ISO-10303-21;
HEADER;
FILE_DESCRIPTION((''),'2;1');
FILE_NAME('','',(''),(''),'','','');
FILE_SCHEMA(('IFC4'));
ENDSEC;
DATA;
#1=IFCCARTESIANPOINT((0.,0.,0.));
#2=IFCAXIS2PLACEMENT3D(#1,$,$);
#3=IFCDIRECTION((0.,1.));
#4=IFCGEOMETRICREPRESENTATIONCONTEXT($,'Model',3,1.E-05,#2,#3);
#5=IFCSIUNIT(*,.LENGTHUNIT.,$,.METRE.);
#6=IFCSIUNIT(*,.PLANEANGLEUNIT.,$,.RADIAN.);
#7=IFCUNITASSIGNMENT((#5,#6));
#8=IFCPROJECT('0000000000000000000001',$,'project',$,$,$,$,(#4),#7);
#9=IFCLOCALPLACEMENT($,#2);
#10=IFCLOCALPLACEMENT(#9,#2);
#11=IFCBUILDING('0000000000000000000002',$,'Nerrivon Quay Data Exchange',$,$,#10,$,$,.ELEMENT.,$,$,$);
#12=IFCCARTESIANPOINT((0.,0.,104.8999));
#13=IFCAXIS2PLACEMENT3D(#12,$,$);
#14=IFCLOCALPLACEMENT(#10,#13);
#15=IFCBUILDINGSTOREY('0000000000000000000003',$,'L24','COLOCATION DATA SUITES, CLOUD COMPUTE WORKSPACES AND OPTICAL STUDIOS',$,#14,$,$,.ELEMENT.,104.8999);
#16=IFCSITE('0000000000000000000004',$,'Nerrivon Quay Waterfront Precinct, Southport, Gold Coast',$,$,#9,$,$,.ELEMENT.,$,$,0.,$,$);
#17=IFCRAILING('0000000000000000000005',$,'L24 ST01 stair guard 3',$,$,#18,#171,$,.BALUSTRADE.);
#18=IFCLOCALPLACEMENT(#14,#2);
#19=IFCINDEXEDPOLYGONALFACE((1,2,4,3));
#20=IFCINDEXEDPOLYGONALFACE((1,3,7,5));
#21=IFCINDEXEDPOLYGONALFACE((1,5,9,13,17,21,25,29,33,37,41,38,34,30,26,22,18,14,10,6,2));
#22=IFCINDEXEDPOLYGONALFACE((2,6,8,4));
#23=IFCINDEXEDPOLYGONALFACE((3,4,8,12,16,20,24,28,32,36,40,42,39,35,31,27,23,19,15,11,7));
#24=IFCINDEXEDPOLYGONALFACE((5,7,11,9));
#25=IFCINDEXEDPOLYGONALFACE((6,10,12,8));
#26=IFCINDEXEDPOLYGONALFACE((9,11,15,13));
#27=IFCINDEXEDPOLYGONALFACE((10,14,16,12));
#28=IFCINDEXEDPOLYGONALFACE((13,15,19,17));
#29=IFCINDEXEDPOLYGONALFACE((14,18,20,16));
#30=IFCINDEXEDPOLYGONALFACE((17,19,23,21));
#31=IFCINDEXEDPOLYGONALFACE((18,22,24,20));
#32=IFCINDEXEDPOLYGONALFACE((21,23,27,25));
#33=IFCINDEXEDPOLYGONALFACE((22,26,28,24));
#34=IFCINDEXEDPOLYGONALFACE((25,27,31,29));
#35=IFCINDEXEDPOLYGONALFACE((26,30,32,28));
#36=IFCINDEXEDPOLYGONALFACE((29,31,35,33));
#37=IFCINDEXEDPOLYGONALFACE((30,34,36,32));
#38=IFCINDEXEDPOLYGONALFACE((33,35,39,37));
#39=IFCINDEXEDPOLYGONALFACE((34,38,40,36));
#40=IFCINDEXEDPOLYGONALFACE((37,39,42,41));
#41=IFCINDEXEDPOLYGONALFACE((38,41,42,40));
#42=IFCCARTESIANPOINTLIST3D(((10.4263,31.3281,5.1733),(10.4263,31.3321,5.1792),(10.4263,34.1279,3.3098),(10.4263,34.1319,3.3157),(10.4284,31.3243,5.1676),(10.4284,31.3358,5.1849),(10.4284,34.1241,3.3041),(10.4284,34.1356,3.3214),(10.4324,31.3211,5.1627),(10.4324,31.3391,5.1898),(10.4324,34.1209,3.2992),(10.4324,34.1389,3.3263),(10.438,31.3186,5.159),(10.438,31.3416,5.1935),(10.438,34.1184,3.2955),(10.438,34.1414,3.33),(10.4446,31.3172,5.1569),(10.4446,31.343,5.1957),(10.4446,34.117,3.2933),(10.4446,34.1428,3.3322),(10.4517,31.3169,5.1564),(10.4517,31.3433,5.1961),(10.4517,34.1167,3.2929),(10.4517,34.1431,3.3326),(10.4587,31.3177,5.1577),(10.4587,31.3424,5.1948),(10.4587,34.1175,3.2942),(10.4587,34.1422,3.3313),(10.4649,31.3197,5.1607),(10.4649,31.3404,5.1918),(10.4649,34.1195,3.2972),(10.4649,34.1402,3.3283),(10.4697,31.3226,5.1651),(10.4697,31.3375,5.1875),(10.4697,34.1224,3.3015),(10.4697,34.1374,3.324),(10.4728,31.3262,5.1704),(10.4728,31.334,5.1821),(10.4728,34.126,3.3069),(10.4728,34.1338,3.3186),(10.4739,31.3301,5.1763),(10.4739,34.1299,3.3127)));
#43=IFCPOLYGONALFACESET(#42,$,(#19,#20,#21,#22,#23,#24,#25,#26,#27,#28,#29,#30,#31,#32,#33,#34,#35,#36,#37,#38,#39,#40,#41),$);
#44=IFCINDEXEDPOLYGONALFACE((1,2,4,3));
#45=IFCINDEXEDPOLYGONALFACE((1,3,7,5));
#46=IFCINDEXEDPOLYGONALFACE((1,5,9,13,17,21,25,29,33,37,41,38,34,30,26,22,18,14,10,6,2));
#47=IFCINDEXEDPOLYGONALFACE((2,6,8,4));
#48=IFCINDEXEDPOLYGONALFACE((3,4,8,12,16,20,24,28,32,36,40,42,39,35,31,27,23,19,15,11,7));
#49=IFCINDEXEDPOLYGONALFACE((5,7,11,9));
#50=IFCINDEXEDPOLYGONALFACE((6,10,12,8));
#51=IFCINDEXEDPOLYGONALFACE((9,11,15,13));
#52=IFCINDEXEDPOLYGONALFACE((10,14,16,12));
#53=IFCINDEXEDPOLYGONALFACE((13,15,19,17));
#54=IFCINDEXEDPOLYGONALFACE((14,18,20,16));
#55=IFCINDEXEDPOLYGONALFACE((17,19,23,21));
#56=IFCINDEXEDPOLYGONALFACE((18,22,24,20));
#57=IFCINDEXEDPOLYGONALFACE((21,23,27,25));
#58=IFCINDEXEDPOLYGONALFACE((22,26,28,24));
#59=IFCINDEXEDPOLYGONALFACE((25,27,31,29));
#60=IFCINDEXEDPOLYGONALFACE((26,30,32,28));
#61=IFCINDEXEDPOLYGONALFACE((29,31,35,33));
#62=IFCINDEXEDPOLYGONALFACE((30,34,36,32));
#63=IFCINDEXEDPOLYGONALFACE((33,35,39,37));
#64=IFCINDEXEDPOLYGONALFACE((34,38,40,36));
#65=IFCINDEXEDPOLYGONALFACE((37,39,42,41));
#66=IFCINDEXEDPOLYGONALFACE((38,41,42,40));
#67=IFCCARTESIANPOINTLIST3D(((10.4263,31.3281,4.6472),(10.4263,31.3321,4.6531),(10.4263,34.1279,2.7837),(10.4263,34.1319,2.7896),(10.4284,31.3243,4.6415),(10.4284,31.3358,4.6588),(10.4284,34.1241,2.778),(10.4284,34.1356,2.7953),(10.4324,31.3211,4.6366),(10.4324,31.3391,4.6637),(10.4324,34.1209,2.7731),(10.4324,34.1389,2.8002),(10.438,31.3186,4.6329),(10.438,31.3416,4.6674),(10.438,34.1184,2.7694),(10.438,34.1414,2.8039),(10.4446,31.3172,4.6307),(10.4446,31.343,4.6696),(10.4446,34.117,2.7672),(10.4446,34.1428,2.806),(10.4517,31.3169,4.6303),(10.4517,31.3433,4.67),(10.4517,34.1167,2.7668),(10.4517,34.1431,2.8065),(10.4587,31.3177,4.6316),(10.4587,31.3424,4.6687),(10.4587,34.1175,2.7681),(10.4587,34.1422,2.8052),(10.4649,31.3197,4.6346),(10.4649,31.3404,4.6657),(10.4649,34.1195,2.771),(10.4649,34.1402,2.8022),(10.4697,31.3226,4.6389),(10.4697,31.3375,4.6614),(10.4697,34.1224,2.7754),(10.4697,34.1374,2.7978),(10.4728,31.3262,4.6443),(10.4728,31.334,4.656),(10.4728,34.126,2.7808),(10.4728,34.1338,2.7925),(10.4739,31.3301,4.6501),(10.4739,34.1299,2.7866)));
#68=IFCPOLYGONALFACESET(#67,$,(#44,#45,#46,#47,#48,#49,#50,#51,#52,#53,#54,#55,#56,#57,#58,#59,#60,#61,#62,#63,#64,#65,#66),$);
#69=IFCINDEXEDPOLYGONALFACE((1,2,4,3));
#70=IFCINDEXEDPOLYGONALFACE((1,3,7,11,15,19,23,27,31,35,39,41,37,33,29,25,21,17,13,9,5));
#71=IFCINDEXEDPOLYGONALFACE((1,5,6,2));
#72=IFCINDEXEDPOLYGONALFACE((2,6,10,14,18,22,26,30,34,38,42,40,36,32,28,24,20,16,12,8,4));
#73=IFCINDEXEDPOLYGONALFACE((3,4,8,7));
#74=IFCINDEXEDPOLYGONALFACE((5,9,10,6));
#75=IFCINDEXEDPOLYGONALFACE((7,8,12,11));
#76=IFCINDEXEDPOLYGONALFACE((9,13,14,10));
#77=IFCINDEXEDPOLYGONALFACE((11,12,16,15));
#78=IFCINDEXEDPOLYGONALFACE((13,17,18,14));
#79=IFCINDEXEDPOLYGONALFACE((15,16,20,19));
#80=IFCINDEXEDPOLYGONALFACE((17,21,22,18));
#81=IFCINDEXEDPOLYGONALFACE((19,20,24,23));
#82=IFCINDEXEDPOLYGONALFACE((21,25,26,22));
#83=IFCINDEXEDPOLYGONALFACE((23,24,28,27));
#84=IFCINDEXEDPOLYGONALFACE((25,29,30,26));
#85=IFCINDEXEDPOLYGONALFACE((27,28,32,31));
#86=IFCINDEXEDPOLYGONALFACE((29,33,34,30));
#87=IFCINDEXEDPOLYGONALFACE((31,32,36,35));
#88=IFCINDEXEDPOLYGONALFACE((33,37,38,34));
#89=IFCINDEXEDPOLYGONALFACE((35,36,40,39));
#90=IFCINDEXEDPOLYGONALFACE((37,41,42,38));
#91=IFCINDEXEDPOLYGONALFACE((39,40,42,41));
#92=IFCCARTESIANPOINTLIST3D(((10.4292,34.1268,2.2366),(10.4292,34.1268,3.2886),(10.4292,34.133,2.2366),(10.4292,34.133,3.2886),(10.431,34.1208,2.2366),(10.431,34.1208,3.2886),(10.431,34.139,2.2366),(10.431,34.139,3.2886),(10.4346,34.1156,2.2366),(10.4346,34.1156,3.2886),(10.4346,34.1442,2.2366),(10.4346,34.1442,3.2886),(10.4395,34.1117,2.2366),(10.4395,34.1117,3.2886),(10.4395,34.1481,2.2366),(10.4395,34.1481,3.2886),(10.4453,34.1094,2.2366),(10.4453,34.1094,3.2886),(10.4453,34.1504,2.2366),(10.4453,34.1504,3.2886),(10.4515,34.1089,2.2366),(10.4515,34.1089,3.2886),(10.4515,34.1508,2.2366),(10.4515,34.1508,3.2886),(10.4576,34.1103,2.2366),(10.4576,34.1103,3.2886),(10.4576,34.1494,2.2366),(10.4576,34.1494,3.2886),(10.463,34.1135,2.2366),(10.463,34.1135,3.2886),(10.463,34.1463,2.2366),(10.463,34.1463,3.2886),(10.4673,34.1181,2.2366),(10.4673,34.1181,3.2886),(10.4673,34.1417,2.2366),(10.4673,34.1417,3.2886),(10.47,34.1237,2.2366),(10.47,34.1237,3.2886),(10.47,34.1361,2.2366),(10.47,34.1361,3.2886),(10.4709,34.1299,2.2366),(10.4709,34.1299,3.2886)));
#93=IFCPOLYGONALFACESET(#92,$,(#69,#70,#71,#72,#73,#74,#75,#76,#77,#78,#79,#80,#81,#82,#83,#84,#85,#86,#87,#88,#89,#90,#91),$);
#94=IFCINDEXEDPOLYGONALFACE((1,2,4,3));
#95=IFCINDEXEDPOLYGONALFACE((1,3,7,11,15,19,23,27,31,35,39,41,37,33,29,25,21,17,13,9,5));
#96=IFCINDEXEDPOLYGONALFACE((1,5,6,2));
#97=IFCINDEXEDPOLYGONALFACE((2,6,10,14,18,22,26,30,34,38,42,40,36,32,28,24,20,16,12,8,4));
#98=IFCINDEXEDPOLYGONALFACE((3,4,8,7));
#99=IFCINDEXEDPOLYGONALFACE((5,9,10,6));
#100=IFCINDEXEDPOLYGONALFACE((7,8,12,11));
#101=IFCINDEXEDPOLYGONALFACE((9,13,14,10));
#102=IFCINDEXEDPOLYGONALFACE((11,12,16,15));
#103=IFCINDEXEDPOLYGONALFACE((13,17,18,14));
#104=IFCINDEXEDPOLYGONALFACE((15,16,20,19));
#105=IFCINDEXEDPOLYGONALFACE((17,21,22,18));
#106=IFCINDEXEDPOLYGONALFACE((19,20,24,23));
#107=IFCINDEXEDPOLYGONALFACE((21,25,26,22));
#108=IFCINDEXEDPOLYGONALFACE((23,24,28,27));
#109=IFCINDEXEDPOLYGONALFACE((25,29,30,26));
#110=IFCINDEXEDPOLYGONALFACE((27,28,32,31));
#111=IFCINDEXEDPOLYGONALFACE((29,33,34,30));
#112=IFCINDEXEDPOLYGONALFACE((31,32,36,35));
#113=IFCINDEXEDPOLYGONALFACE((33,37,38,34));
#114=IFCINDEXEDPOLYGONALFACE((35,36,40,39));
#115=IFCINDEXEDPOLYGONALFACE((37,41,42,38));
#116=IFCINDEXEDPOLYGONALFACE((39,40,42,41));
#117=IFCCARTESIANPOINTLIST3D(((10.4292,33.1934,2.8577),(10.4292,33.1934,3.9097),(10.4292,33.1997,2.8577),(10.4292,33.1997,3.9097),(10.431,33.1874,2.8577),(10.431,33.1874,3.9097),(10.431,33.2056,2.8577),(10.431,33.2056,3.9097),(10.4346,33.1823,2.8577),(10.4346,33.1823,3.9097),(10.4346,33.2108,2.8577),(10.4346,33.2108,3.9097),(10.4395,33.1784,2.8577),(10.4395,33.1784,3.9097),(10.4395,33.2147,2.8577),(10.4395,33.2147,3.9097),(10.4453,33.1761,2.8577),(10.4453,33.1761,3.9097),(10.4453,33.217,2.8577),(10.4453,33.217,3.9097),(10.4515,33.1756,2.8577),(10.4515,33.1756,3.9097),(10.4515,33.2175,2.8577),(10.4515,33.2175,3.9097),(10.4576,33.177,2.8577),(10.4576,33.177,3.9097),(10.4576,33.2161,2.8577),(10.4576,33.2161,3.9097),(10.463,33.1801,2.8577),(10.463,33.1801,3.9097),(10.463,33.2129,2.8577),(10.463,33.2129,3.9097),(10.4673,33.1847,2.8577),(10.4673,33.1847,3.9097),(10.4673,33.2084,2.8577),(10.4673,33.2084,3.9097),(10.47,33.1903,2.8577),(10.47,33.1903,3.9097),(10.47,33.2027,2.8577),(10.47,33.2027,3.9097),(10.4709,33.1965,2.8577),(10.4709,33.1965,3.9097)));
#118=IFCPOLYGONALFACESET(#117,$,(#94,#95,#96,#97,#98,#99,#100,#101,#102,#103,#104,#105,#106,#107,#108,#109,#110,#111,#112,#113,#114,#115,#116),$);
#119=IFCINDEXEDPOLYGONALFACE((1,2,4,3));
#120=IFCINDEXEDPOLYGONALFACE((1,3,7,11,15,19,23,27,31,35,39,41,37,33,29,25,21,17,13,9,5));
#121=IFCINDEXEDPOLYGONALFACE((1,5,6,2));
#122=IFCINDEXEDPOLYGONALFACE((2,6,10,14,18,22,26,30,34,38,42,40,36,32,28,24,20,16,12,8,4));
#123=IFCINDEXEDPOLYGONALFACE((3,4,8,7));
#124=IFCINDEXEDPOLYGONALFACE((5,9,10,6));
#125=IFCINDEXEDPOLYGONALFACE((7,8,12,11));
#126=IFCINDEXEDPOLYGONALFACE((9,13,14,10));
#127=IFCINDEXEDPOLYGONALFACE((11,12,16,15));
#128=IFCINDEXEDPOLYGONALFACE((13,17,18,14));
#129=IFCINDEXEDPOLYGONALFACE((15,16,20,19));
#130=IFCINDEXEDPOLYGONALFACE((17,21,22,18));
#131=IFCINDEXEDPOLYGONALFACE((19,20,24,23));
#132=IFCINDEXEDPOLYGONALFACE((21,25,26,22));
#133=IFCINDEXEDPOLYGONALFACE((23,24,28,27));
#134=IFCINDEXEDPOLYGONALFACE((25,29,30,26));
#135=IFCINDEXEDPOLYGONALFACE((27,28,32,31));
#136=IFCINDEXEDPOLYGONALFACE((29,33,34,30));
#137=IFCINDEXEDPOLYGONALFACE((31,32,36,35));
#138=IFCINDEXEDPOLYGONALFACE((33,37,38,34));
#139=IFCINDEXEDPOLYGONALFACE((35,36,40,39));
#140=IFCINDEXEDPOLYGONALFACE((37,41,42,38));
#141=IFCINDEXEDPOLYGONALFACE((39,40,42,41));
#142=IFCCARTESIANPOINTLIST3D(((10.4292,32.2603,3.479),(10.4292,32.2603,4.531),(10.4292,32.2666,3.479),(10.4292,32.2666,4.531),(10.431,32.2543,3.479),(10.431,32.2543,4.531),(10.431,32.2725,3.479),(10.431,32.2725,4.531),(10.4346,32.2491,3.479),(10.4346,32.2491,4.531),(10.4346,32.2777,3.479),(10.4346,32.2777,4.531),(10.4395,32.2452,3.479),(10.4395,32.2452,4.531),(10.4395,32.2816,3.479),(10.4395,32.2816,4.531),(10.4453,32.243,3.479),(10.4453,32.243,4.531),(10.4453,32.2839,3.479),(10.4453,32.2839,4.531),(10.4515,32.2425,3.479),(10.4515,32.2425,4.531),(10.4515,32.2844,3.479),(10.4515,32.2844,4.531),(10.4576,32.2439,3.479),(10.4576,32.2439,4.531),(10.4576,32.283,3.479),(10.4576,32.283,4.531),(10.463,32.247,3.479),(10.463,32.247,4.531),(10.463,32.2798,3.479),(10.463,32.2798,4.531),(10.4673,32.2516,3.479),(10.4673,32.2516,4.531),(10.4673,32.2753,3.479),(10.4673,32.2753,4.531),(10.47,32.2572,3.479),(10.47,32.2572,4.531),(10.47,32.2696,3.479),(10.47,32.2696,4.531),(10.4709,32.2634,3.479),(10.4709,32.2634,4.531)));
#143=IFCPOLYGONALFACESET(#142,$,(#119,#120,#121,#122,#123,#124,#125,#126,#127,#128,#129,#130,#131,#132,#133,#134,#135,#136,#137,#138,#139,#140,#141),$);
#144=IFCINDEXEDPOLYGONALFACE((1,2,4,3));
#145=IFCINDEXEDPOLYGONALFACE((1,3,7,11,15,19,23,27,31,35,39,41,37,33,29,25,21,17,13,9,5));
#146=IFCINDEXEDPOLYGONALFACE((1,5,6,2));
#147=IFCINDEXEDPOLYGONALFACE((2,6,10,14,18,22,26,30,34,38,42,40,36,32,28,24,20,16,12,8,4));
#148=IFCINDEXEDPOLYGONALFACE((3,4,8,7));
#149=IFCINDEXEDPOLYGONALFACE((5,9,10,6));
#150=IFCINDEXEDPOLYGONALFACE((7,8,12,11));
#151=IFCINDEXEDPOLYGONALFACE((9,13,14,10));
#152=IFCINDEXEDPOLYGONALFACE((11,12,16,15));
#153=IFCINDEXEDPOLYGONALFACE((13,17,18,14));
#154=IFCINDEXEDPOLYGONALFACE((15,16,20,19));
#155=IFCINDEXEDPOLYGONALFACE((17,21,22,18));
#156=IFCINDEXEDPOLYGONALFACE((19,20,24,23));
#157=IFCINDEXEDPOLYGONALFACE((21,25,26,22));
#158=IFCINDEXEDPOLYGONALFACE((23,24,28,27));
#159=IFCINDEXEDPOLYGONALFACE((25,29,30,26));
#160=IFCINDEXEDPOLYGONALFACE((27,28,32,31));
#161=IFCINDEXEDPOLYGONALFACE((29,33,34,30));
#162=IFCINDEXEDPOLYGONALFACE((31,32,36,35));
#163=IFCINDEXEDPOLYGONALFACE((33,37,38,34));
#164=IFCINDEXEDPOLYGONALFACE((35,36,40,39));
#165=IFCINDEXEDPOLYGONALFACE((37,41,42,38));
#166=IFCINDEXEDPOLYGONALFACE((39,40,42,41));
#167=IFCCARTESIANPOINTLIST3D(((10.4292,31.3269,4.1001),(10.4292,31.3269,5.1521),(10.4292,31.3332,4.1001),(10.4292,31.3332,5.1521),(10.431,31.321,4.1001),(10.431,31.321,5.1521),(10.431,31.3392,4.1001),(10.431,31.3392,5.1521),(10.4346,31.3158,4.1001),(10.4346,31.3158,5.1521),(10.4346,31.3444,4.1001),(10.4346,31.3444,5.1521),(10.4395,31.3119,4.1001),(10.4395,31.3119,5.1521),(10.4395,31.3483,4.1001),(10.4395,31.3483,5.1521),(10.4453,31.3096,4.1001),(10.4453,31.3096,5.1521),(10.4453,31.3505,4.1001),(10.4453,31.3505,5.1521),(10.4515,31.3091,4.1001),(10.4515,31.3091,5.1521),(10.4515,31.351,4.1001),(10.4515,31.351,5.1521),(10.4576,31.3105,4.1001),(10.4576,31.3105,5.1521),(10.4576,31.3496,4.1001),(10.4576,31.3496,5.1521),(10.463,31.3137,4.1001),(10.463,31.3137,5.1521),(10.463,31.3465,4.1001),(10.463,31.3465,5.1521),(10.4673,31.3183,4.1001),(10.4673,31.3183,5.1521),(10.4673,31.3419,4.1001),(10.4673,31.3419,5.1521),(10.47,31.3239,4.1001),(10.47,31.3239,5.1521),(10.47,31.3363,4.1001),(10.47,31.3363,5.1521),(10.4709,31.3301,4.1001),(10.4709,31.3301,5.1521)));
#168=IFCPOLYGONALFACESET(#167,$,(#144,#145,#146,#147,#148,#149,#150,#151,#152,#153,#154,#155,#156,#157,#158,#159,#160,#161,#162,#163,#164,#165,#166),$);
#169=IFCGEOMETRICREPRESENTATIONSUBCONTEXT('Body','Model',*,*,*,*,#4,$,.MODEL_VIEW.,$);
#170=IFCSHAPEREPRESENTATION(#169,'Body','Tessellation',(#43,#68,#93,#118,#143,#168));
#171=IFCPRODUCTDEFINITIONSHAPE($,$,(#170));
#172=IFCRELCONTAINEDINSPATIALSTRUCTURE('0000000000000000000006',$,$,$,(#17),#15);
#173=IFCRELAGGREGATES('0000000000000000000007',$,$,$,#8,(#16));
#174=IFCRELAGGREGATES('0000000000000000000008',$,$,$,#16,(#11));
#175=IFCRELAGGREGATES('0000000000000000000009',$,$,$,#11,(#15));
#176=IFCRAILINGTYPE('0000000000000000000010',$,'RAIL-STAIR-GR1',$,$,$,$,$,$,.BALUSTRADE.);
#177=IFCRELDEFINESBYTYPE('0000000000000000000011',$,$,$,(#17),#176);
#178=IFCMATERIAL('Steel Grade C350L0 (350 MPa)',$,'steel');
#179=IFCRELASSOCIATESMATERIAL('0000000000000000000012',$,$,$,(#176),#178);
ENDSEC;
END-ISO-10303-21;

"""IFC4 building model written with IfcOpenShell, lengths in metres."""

from ifc_helpers import new_model, si_unit, direction, frame, origin, origin_2d, place, context, subcontext, project, spatial, circle, extrude, material, type_object, element, save


model = new_model("IFC4")

# Units and contexts
model_context = context("Model", 3, precision=1e-05, world=origin(), true_north=direction((0.0, 1.0)))
body_context = subcontext(model_context, "Body", "Model", "MODEL_VIEW")
ifc_project = project(units=[si_unit("LENGTHUNIT", "METRE"), si_unit("PLANEANGLEUNIT", "RADIAN")], contexts=[model_context])

# Site, building, storey
site_placement = place(None, origin())
site = spatial("IfcSite", under=ifc_project, at=site_placement, Name="Nerrivon Quay Waterfront Precinct, Southport, Gold Coast", CompositionType="ELEMENT", RefElevation=0.0)
building_placement = place(site_placement, origin())
building = spatial("IfcBuilding", under=site, at=building_placement, Name="Nerrivon Quay Data Exchange", CompositionType="ELEMENT")
storey_placement = place(building_placement, frame((0.0, 0.0, 104.8999)))
storey = spatial("IfcBuildingStorey", under=building, at=storey_placement, Name="L24", Description="COLOCATION DATA SUITES, CLOUD COMPUTE WORKSPACES AND OPTICAL STUDIOS", CompositionType="ELEMENT", Elevation=104.8999)

# Railing
ifc_material_1 = material(Name="Steel Grade C350L0 (350 MPa)", Category="steel")
railing_type_1 = type_object("IfcRailingType", Name="RAIL-STAIR-GR1", PredefinedType="BALUSTRADE", material=ifc_material_1)
railing_1_placement = place(storey_placement, frame((10.45, 34.1299, 2.2366)))
element("IfcRailing", 1, at=railing_1_placement, inside=storey, type_object=railing_type_1, Name="L24 ST01 stair guard 3", PredefinedType="BALUSTRADE", context=body_context, shape_type="SweptSolid", body=[
    extrude(circle(Radius=0.0239, at=origin_2d()), frame((0.0, 0.0, 1.0762), z_axis=(0.0, -0.832463, 0.55408), x_axis=(1.0, 0.0, 0.0)), (0.0, 0.0, 1.0), 3.3633),
    extrude(circle(Radius=0.0239, at=origin_2d()), frame((0.0, 0.0, 0.55), z_axis=(0.0, -0.832463, 0.55408), x_axis=(1.0, 0.0, 0.0)), (0.0, 0.0, 1.0), 3.3633),
    extrude(circle(Radius=0.021, at=origin_2d()), origin(), (0.0, 0.0, 1.0), 1.052),
    extrude(circle(Radius=0.021, at=origin_2d()), frame((0.0, -0.9333, 0.6211)), (0.0, 0.0, 1.0), 1.052),
    extrude(circle(Radius=0.021, at=origin_2d()), frame((0.0, -1.8665, 1.2424)), (0.0, 0.0, 1.0), 1.052),
    extrude(circle(Radius=0.021, at=origin_2d()), frame((0.0, -2.7998, 1.8635)), (0.0, 0.0, 1.0), 1.052),
])

save(model, "model.ifc")
